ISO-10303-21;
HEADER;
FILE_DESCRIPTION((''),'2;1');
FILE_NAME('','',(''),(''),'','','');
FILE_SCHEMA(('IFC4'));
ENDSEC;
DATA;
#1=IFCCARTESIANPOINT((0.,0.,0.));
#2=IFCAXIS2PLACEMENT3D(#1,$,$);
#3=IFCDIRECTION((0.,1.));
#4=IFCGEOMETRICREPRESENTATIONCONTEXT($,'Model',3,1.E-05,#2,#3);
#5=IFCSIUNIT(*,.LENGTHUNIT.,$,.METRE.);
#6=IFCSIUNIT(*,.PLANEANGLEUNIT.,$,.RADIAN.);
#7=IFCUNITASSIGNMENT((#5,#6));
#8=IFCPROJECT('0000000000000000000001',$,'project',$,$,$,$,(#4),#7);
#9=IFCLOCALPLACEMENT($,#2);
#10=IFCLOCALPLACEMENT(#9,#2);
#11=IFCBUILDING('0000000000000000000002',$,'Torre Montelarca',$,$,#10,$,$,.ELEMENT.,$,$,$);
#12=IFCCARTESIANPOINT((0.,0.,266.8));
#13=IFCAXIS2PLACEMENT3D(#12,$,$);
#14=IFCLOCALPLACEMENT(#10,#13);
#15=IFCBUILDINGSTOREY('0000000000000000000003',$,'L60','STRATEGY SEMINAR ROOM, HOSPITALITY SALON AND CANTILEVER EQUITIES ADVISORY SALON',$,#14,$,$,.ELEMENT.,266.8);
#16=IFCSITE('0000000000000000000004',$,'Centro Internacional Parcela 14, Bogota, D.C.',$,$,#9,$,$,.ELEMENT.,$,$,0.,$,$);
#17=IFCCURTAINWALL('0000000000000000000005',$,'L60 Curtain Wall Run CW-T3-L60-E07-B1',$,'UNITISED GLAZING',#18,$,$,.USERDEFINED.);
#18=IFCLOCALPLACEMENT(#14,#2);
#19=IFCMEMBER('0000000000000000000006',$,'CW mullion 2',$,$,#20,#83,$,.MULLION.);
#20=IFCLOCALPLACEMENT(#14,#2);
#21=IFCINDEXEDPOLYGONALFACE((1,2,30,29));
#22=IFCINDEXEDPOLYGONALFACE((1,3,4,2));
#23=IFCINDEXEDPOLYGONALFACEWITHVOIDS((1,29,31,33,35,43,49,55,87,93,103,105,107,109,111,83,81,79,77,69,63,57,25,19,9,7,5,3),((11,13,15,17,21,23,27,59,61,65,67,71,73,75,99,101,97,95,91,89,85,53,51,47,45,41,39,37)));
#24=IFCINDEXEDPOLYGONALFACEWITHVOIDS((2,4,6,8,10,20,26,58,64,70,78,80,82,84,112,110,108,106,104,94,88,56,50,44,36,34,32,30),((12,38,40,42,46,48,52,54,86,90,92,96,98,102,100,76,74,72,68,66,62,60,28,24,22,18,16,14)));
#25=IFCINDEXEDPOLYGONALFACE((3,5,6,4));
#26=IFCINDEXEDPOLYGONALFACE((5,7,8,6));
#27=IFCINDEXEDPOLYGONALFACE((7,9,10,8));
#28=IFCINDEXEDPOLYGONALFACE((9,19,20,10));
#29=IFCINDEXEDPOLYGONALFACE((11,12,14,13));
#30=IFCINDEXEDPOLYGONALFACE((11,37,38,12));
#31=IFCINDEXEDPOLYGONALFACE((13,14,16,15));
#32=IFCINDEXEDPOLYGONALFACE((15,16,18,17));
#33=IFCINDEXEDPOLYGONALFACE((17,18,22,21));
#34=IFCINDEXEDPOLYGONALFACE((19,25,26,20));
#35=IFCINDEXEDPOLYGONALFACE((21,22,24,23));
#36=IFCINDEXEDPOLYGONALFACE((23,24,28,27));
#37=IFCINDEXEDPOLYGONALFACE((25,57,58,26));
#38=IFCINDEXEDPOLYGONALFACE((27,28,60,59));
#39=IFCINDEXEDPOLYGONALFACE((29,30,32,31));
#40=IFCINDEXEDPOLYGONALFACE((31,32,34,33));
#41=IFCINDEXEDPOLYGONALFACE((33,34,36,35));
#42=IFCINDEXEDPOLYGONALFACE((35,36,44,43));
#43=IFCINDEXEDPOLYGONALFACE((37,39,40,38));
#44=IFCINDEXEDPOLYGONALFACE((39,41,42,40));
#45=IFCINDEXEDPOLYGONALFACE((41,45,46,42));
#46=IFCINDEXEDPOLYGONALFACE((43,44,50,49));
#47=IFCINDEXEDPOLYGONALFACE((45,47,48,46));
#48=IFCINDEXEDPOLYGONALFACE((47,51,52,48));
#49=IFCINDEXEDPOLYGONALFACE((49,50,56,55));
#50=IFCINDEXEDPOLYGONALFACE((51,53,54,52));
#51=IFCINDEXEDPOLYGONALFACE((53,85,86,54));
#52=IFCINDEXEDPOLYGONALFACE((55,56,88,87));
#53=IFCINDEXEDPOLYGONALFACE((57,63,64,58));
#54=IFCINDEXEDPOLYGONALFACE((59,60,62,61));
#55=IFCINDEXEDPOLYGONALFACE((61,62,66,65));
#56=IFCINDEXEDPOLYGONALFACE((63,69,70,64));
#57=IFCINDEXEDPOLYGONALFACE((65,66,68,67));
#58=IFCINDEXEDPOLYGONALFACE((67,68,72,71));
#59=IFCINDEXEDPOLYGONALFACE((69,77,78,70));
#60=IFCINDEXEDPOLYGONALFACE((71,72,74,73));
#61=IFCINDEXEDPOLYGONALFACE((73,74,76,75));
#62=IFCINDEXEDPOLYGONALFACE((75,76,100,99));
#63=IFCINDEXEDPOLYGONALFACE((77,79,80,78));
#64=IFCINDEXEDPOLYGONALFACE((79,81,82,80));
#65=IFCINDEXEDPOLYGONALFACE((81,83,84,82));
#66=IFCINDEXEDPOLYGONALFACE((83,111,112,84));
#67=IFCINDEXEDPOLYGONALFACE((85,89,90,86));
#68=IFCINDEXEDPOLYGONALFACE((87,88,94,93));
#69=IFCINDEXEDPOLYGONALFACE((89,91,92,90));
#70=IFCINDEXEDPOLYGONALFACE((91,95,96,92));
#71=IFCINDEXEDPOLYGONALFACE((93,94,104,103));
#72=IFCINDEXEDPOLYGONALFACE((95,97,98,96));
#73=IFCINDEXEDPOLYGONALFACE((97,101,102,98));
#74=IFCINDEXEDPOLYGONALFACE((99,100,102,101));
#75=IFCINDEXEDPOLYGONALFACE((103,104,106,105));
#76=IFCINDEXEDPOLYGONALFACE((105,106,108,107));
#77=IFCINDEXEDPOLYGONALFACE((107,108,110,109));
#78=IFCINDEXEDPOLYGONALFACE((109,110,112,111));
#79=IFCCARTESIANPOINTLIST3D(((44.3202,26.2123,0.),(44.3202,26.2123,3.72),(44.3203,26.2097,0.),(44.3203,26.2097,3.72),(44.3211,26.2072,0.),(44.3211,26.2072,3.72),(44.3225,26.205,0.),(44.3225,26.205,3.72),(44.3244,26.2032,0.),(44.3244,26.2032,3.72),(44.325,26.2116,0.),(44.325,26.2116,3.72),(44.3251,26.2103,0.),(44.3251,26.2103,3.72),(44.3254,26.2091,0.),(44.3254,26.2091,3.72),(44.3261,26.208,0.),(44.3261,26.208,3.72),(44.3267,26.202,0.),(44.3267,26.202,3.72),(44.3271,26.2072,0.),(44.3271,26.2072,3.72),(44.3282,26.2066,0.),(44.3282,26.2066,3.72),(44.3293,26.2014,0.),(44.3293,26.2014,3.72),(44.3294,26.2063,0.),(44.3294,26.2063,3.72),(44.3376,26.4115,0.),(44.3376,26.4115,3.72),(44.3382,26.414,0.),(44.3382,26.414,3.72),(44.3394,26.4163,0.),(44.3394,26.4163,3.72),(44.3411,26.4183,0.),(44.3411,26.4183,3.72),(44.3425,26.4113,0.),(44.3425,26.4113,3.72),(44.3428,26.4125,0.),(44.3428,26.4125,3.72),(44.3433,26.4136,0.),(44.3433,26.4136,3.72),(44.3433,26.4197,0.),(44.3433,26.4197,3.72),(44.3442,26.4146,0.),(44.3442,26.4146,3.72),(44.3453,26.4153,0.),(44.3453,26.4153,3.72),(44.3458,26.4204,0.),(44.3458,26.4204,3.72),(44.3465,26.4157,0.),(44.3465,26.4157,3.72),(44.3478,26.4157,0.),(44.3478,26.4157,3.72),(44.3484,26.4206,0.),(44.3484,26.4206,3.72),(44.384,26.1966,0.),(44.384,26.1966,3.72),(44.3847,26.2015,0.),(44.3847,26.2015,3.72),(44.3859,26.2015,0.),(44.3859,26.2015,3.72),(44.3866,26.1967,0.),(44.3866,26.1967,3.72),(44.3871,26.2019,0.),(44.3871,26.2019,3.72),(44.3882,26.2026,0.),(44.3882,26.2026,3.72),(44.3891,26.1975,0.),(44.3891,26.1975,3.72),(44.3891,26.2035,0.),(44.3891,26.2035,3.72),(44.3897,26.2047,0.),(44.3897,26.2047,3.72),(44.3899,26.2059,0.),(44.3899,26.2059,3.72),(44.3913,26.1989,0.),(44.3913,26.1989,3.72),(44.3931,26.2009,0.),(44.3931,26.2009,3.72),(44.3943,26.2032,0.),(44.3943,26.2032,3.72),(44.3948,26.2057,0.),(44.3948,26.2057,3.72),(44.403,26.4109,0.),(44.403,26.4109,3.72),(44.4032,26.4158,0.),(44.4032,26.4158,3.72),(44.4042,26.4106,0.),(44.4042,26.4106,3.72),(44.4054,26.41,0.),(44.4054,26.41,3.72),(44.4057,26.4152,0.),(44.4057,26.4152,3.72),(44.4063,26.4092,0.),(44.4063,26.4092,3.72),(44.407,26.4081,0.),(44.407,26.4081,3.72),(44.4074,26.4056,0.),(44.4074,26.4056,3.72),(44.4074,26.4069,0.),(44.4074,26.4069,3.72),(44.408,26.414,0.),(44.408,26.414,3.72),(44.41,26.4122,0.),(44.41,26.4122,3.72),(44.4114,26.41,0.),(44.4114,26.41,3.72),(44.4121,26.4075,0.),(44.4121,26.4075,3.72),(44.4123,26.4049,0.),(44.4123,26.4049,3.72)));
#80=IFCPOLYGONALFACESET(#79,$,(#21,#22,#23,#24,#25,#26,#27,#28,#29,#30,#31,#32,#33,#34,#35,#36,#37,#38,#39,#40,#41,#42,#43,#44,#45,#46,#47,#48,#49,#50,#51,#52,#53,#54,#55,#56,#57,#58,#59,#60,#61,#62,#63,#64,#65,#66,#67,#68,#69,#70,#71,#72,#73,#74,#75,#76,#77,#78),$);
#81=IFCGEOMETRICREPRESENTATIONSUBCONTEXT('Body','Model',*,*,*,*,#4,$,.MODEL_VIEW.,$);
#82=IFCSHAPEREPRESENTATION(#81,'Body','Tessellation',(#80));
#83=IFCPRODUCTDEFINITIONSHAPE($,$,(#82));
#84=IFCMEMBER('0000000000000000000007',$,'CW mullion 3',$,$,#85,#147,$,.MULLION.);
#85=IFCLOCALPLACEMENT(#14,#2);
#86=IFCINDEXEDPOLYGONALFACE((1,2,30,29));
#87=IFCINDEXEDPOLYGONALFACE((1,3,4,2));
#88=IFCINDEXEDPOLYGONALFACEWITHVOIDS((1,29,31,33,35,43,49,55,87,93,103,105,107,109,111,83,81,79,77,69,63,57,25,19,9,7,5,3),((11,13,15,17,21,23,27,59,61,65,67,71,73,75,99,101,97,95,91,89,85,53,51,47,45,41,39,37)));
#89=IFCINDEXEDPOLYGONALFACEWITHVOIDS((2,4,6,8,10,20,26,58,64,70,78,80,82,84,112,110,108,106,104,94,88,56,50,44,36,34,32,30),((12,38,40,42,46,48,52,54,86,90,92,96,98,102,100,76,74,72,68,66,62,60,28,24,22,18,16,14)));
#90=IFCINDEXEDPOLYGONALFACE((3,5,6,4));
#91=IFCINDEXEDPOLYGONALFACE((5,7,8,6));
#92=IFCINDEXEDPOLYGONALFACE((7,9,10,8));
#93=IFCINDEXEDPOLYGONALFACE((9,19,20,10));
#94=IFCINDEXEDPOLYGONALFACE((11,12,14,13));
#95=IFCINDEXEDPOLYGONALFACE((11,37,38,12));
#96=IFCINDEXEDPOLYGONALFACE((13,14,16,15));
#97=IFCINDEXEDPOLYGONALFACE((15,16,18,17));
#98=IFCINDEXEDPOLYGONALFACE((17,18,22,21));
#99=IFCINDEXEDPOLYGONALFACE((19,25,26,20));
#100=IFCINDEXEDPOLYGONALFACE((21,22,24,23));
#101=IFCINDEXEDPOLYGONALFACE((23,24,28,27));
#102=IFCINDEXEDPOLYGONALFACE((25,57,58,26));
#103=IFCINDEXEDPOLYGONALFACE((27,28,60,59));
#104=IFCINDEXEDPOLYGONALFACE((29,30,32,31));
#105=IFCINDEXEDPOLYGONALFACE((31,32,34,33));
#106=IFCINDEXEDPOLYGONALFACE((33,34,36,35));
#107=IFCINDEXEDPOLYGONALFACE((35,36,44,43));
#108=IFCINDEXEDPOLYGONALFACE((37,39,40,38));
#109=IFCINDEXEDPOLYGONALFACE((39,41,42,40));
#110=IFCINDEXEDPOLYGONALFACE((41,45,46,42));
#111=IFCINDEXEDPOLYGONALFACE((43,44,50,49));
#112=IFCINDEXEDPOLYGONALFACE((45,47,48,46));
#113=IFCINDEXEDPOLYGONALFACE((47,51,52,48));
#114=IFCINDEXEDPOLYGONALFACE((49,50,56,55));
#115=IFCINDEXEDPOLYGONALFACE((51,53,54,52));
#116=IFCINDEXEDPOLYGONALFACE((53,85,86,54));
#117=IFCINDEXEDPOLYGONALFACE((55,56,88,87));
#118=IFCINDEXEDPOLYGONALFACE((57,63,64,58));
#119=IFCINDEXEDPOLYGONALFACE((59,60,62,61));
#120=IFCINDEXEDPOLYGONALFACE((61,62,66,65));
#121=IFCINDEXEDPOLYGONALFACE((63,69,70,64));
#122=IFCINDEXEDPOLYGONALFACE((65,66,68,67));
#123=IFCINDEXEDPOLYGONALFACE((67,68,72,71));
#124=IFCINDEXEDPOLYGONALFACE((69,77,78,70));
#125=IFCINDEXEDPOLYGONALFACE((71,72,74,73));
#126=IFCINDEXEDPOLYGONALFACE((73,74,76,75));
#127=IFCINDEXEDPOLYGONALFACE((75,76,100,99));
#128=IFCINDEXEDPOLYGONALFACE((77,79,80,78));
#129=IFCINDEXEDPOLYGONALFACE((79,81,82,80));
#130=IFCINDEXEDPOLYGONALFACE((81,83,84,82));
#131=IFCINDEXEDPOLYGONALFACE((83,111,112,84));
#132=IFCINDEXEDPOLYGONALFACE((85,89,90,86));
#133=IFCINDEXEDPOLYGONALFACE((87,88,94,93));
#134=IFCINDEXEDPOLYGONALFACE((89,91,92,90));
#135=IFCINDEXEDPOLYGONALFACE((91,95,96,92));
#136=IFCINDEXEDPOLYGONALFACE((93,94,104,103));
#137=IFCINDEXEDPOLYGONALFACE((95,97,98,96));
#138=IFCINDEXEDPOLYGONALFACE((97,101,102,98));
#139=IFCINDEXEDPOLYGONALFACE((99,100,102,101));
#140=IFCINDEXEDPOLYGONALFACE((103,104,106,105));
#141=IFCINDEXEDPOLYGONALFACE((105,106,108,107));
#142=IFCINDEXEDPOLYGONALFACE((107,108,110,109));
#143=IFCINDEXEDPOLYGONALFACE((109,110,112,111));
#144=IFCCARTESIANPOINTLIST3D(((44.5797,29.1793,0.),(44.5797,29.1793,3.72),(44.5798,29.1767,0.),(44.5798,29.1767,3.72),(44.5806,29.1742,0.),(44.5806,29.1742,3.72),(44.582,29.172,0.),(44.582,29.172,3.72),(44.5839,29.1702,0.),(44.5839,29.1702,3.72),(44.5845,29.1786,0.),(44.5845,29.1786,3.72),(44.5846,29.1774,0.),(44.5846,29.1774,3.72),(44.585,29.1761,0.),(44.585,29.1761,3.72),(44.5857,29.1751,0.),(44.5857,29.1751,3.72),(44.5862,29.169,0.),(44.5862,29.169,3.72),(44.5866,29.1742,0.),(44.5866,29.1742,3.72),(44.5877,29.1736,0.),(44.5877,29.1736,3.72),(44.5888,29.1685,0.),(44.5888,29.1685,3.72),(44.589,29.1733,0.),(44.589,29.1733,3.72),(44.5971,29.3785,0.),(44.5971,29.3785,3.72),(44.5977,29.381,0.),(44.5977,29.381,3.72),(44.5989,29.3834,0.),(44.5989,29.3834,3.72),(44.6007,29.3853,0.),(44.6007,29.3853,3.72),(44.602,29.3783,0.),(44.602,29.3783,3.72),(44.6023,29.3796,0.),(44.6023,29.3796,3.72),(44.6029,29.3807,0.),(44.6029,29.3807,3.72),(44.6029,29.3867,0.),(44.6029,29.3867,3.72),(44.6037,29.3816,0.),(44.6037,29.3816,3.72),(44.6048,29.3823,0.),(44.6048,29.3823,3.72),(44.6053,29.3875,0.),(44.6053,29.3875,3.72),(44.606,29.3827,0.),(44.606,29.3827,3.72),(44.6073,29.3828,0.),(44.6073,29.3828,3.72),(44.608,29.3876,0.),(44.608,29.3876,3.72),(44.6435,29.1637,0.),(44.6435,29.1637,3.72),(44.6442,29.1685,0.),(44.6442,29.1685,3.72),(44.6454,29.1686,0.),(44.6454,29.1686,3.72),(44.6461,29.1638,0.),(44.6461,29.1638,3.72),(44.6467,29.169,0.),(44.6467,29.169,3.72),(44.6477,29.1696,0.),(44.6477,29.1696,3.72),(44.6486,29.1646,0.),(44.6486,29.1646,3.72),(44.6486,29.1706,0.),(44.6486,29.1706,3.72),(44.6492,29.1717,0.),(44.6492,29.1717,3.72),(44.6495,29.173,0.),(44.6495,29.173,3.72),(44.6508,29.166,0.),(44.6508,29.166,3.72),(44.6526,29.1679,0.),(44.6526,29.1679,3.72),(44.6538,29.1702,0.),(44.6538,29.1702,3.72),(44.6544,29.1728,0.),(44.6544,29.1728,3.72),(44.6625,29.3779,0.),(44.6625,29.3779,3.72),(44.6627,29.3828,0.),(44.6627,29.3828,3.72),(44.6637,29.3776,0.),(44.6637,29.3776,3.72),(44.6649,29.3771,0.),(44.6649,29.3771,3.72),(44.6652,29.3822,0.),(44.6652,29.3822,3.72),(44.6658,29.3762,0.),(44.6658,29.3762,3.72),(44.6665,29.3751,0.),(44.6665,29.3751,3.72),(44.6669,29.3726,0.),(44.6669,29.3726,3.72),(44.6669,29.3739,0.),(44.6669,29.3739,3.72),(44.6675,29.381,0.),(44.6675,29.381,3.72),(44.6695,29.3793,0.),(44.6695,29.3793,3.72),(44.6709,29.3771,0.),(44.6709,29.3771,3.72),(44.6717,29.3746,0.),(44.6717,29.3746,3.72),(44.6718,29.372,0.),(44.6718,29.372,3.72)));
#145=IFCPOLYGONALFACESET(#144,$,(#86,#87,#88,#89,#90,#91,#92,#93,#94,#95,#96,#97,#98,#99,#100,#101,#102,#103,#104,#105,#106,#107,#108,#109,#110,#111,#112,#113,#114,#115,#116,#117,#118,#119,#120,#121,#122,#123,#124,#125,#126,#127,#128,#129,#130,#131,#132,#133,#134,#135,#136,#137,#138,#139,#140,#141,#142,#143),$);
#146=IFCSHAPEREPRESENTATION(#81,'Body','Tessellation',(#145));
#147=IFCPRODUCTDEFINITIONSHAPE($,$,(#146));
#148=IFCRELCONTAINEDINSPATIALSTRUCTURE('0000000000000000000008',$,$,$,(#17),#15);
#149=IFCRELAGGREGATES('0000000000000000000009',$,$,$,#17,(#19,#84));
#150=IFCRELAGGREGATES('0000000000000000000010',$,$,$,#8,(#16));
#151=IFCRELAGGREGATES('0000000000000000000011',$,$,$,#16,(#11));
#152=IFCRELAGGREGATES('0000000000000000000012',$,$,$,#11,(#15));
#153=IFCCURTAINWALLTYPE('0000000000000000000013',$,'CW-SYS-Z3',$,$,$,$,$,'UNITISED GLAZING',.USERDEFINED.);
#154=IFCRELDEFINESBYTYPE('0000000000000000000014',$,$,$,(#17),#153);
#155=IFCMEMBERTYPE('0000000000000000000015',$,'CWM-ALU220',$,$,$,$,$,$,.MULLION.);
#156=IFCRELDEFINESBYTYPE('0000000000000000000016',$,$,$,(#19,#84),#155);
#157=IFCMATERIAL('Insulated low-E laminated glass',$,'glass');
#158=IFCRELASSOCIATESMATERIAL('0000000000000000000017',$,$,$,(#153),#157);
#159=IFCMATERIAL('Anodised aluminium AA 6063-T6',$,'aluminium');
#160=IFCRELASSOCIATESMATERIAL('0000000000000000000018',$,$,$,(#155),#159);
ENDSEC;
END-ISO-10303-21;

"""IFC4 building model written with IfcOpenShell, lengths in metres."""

from ifc_helpers import new_model, si_unit, direction, frame, origin, origin_2d, place, context, subcontext, project, spatial, hollow_rectangle, extrude, source, transform, mapped, material, material_profile, profile_set, type_object, element, aggregate, save


model = new_model("IFC4")

# Units and contexts
model_context = context("Model", 3, precision=1e-05, world=origin(), true_north=direction((0.0, 1.0)))
body_context = subcontext(model_context, "Body", "Model", "MODEL_VIEW")
ifc_project = project(units=[si_unit("LENGTHUNIT", "METRE"), si_unit("PLANEANGLEUNIT", "RADIAN")], contexts=[model_context])

# Site, building, storey
site_placement = place(None, origin())
site = spatial("IfcSite", under=ifc_project, at=site_placement, Name="Centro Internacional Parcela 14, Bogota, D.C.", CompositionType="ELEMENT", RefElevation=0.0)
building_placement = place(site_placement, origin())
building = spatial("IfcBuilding", under=site, at=building_placement, Name="Torre Montelarca", CompositionType="ELEMENT")
storey_placement = place(building_placement, frame((0.0, 0.0, 266.8)))
storey = spatial("IfcBuildingStorey", under=building, at=storey_placement, Name="L60", Description="STRATEGY SEMINAR ROOM, HOSPITALITY SALON AND CANTILEVER EQUITIES ADVISORY SALON", CompositionType="ELEMENT", Elevation=266.8)

# Curtain wall
ifc_material_1 = material(Name="Insulated low-E laminated glass", Category="glass")
curtain_wall_type = type_object("IfcCurtainWallType", Name="CW-SYS-Z3", ElementType="UNITISED GLAZING", PredefinedType="USERDEFINED", material=ifc_material_1)
curtain_wall_1_placement = place(storey_placement, origin())
curtain_wall_1 = element("IfcCurtainWall", 1, at=curtain_wall_1_placement, inside=storey, type_object=curtain_wall_type, Name="L60 Curtain Wall Run CW-T3-L60-E07-B1", ObjectType="UNITISED GLAZING", PredefinedType="USERDEFINED")
ifc_material_2 = material(Name="Anodised aluminium AA 6063-T6", Category="aluminium")
ifc_material_profile_1 = material_profile(ifc_material_2, hollow_rectangle(XDim=0.075, YDim=0.22, WallThickness=0.0049, InnerFilletRadius=0.0049, OuterFilletRadius=0.01, at=origin_2d()), Name="ALU75X220X5", Category="aluminium")
ifc_profile_set_1 = profile_set([ifc_material_profile_1], Name="Anodised aluminium AA 6063-T6")
member_type_1 = type_object("IfcMemberType", Name="CWM-ALU220", PredefinedType="MULLION", material=ifc_profile_set_1)
shared_shape_1 = source(origin(), body_context, "Body", "SweptSolid", [
    extrude(hollow_rectangle(XDim=0.075, YDim=0.22, WallThickness=0.0049, InnerFilletRadius=0.0049, OuterFilletRadius=0.01, at=origin_2d()), origin(), (0.0, 0.0, 1.0), 3.72),
])

# Members
member_1_placement = place(storey_placement, frame((44.3662, 26.3086, 0.0), z_axis=(0.0, 0.0, 1.0), x_axis=(-0.996194, 0.087166, 0.0)))
member_1 = element("IfcMember", 2, at=member_1_placement, type_object=member_type_1, Name="CW mullion 2", PredefinedType="MULLION", context=body_context, shape_type="MappedRepresentation", body=[
    mapped(shared_shape_1, transform((0.0, 0.0, 0.0), scale=1.0)),
])
member_2_placement = place(storey_placement, frame((44.6257, 29.2756, 0.0), z_axis=(0.0, 0.0, 1.0), x_axis=(-0.996194, 0.087166, 0.0)))
member_2 = element("IfcMember", 3, at=member_2_placement, type_object=member_type_1, Name="CW mullion 3", PredefinedType="MULLION", context=body_context, shape_type="MappedRepresentation", body=[
    mapped(shared_shape_1, transform((0.0, 0.0, 0.0), scale=1.0)),
])

aggregate(curtain_wall_1, [member_1, member_2])

save(model, "model.ifc")
